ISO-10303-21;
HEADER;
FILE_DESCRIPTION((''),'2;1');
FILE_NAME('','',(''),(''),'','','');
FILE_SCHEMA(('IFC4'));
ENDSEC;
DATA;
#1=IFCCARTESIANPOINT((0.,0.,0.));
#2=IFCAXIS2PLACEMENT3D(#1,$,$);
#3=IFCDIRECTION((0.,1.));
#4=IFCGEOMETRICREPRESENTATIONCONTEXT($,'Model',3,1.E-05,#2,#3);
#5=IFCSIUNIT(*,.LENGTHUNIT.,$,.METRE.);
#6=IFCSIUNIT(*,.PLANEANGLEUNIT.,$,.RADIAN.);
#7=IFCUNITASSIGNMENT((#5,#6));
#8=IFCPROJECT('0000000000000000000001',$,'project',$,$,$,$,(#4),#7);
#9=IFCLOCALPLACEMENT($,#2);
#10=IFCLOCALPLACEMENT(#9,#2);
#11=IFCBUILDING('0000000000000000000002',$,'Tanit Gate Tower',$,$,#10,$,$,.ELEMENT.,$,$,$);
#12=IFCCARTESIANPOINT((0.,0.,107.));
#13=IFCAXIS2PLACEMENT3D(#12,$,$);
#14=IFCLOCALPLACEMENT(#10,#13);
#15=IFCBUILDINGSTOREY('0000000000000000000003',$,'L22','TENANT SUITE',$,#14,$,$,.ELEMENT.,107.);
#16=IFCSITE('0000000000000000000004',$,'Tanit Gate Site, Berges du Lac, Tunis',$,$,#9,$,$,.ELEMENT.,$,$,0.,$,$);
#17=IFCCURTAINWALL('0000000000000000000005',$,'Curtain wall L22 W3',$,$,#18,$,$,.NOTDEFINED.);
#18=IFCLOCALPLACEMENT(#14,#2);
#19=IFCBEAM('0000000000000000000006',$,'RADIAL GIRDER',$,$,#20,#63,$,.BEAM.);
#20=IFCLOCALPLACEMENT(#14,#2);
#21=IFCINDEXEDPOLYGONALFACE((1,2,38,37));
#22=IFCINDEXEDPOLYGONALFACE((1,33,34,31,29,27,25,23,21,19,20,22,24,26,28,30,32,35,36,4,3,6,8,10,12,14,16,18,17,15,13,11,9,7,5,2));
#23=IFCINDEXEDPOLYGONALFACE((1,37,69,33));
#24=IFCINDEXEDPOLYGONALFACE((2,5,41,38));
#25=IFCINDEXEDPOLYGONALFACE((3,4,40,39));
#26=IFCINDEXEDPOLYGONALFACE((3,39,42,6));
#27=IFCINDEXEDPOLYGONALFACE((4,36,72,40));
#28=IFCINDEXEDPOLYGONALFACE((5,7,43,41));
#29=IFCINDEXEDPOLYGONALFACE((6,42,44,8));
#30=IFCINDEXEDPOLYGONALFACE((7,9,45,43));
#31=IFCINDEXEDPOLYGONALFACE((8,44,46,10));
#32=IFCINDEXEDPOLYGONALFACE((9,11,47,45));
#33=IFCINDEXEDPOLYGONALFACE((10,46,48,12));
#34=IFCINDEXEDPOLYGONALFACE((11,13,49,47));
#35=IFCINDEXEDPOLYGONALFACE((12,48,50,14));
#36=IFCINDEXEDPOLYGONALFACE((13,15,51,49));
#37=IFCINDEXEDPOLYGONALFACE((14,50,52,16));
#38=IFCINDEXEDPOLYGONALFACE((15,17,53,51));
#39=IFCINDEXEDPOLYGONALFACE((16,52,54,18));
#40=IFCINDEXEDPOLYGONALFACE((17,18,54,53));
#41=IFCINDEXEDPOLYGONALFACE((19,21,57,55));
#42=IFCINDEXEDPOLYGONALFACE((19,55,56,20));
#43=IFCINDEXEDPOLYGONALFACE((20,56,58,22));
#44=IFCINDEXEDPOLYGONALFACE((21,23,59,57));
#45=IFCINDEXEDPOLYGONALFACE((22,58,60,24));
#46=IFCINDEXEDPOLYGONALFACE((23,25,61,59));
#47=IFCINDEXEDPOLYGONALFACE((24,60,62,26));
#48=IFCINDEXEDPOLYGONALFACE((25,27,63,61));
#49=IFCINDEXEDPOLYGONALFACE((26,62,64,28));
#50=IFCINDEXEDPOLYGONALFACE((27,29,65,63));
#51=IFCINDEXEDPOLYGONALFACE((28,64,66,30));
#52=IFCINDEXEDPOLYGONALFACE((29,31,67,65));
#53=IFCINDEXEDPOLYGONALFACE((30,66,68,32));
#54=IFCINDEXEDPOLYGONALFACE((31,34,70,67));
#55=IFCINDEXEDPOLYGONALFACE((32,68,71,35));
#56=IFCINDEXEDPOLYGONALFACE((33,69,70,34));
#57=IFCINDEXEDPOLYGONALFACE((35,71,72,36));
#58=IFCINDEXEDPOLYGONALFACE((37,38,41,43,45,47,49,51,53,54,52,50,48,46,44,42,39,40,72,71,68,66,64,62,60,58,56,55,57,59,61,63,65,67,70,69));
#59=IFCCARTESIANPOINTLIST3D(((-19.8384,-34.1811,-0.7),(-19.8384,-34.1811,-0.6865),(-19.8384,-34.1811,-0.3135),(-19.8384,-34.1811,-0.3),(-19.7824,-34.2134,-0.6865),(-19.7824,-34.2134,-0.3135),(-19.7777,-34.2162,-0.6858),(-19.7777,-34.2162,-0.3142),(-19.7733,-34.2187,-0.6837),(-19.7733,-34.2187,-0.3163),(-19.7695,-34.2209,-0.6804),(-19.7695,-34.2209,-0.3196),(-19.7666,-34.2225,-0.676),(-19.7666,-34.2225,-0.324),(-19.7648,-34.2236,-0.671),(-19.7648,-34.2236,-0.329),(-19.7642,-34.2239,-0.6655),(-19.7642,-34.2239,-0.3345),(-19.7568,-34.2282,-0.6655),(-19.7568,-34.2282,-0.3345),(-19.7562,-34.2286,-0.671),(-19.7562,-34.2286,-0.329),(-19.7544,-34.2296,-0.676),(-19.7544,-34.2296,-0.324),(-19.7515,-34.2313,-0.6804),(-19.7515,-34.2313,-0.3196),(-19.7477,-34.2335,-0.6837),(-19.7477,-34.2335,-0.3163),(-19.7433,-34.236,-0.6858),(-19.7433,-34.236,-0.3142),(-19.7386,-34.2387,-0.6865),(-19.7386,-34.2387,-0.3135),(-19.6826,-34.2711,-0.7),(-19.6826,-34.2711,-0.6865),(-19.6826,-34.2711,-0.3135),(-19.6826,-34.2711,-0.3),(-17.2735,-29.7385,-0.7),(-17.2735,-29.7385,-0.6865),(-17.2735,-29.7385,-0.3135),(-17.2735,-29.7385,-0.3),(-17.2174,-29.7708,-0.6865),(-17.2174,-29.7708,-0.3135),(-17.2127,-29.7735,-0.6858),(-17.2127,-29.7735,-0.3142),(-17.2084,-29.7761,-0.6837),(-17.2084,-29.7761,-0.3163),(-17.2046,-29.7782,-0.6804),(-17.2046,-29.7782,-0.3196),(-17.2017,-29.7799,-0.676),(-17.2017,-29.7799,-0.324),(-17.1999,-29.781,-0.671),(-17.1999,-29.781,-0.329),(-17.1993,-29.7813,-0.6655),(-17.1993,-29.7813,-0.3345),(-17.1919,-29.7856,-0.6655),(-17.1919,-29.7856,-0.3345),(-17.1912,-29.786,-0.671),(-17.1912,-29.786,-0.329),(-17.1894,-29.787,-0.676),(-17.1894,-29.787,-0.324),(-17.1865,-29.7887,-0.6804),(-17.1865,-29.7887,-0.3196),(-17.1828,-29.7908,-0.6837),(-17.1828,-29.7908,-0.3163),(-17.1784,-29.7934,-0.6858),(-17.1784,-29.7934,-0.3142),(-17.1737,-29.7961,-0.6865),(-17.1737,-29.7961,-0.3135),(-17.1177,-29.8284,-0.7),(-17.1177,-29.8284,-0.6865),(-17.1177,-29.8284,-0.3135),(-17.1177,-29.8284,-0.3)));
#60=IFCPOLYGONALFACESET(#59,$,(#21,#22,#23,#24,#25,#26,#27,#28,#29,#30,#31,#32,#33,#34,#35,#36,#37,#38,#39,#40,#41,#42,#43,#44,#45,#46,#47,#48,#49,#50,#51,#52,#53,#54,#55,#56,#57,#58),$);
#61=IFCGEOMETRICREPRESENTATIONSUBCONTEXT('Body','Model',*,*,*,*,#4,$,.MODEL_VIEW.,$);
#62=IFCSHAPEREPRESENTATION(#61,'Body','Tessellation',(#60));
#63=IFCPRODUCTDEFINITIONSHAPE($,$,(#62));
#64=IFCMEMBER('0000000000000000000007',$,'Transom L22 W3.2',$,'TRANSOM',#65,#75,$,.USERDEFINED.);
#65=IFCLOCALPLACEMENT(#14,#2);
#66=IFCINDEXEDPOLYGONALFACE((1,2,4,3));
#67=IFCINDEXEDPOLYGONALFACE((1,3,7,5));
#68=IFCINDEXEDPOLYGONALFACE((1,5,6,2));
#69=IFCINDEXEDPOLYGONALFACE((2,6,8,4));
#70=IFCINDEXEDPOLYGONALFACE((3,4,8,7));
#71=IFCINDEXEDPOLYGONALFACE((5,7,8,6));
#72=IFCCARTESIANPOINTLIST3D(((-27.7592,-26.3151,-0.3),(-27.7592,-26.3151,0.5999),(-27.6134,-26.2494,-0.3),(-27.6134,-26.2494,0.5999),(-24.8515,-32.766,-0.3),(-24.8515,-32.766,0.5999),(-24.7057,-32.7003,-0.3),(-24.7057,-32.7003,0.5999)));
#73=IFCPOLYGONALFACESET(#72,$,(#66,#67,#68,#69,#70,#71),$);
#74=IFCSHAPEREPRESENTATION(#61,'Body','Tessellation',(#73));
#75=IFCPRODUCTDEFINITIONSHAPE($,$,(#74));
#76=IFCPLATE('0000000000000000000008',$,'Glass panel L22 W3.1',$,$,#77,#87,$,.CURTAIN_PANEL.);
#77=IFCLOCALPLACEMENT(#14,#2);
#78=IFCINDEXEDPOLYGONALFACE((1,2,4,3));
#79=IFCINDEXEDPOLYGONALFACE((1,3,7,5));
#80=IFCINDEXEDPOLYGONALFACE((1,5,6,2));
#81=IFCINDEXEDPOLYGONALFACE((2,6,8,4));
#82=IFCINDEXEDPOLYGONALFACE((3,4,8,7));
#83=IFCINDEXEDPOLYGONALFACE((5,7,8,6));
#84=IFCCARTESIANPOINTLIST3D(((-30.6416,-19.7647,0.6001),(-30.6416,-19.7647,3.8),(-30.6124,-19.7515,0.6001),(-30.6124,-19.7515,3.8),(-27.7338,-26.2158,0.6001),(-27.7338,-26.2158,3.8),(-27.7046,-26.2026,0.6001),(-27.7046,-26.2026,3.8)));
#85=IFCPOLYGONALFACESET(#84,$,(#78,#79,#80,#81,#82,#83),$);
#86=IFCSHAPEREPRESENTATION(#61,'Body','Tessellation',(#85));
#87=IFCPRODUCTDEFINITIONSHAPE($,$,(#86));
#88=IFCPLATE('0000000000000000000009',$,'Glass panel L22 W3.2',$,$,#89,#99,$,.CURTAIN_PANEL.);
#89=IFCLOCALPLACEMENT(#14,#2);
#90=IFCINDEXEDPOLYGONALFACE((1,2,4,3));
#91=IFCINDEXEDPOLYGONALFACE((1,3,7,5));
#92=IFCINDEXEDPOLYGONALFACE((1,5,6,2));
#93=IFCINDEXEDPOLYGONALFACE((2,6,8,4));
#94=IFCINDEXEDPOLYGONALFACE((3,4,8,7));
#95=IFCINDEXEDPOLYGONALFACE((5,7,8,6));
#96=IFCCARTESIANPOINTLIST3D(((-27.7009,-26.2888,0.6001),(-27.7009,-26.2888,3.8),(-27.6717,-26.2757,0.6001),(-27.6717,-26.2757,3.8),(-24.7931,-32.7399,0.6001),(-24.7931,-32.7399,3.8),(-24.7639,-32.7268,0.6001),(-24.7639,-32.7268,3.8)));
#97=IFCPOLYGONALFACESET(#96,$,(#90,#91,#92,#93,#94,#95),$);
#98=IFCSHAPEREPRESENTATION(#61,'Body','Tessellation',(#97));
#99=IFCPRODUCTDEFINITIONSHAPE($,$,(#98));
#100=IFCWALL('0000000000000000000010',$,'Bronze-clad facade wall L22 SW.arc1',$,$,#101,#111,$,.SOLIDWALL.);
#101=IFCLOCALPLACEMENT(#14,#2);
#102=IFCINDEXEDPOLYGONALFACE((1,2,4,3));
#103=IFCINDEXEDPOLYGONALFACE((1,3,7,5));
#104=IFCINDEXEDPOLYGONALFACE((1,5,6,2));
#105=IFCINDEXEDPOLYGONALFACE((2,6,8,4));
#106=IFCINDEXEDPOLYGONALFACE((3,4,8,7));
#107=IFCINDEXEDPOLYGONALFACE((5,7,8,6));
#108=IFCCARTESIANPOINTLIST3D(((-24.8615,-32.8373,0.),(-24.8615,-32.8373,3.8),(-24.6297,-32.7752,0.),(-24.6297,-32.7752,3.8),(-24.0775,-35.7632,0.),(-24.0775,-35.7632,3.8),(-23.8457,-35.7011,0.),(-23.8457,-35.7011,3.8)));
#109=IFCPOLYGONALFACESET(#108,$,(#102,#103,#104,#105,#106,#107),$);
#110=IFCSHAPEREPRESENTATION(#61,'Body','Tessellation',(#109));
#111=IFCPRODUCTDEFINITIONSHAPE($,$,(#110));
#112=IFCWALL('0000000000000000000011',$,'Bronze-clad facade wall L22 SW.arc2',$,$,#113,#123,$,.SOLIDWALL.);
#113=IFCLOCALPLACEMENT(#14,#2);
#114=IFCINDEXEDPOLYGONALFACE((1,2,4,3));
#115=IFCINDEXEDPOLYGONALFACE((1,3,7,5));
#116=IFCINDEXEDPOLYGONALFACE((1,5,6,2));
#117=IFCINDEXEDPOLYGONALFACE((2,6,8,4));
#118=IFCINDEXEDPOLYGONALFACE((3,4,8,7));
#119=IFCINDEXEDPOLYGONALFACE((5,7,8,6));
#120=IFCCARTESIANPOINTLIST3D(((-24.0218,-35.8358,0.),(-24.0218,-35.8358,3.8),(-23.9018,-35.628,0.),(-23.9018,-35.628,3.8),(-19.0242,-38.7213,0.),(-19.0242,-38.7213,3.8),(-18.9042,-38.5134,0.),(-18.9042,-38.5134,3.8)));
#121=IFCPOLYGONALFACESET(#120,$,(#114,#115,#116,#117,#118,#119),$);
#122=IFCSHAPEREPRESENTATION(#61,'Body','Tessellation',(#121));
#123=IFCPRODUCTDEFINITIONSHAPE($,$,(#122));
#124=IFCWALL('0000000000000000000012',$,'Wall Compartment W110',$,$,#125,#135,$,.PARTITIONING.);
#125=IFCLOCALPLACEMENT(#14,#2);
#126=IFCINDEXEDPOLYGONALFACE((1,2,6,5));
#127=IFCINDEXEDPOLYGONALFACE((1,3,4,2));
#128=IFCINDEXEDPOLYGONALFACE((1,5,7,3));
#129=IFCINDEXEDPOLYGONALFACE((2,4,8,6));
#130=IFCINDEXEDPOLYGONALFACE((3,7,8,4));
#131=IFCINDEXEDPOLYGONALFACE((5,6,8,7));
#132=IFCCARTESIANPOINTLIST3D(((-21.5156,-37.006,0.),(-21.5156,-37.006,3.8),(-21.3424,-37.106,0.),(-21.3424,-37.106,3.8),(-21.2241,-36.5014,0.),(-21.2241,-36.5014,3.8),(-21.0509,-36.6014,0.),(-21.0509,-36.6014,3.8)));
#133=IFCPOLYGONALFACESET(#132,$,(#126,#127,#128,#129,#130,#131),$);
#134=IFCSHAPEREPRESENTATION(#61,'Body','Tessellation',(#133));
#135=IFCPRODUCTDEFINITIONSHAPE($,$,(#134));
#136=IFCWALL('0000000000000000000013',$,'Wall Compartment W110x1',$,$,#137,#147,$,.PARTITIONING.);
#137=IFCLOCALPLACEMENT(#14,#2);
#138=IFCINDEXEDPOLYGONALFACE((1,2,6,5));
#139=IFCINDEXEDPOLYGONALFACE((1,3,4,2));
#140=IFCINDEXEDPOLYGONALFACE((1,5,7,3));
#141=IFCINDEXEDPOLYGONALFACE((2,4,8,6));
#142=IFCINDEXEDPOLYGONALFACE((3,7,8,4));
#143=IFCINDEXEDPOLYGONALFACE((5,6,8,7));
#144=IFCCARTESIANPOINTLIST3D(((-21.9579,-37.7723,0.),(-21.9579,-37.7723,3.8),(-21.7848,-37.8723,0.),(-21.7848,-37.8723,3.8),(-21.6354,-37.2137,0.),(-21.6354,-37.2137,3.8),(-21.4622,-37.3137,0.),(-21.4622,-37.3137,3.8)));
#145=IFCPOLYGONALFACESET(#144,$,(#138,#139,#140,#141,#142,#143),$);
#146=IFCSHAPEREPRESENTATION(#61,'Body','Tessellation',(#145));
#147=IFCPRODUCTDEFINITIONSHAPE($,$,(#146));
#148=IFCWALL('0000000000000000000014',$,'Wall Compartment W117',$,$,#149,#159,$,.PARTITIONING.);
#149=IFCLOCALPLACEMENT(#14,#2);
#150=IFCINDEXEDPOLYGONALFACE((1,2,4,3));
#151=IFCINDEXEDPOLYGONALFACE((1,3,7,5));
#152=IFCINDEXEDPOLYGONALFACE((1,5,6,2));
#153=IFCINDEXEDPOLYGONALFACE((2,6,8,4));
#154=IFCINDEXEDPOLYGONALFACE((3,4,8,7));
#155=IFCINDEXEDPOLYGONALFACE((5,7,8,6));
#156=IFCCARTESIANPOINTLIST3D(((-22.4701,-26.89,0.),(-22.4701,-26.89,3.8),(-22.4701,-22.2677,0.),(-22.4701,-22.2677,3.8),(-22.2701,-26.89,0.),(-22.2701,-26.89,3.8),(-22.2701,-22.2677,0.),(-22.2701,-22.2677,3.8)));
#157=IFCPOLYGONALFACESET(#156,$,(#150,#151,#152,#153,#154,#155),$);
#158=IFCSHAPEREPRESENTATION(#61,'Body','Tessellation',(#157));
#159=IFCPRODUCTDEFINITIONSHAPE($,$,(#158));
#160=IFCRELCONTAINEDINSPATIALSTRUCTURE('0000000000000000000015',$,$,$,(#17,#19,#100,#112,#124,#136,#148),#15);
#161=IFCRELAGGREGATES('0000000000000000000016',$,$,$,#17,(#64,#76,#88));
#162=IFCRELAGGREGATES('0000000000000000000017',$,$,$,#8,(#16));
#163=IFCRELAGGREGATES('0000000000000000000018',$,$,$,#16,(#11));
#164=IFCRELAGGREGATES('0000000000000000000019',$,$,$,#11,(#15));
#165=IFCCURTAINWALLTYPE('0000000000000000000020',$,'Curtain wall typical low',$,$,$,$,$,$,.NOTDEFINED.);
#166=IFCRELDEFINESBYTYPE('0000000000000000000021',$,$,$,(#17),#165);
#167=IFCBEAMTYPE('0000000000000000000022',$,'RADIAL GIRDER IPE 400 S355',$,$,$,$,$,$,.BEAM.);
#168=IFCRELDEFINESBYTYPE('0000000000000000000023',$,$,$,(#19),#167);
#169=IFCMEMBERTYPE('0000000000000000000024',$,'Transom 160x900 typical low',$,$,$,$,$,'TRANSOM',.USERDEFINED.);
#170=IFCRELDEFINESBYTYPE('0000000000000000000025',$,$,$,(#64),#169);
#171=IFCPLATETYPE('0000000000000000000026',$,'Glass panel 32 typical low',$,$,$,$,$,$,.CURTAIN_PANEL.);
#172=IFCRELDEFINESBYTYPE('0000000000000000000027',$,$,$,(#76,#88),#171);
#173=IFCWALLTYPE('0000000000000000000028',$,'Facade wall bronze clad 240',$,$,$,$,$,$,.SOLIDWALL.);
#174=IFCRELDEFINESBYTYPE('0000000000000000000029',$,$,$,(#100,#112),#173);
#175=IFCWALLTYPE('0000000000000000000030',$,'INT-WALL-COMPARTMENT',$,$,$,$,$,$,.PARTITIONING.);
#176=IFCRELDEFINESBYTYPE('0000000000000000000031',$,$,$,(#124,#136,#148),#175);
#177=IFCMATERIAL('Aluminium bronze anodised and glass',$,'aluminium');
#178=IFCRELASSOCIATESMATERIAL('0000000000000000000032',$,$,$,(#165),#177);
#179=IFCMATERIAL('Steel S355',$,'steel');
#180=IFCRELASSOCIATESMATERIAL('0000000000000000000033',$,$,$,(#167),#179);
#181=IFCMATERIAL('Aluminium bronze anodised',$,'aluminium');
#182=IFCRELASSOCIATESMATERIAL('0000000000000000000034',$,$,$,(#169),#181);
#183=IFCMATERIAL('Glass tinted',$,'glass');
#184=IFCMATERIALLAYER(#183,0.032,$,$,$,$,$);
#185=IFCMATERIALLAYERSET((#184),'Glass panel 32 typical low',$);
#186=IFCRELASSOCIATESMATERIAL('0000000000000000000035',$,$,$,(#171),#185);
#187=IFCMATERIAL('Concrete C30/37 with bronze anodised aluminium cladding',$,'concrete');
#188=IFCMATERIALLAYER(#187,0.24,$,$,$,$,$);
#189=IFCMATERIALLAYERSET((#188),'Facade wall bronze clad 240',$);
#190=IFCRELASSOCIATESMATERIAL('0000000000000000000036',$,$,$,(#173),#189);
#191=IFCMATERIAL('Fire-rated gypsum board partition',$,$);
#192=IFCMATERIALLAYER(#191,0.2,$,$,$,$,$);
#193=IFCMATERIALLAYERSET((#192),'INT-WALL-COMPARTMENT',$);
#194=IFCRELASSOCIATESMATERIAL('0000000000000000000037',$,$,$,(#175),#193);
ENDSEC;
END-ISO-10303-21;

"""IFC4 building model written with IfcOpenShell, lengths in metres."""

from ifc_helpers import new_model, si_unit, direction, frame, frame_2d, origin, origin_2d, place, context, subcontext, project, spatial, rectangle, i_section, extrude, material, layer, layer_set, material_profile, profile_set, type_object, element, aggregate, save


model = new_model("IFC4")

# Units and contexts
model_context = context("Model", 3, precision=1e-05, world=origin(), true_north=direction((0.0, 1.0)))
body_context = subcontext(model_context, "Body", "Model", "MODEL_VIEW")
ifc_project = project(units=[si_unit("LENGTHUNIT", "METRE"), si_unit("PLANEANGLEUNIT", "RADIAN")], contexts=[model_context])

# Site, building, storey
site_placement = place(None, origin())
site = spatial("IfcSite", under=ifc_project, at=site_placement, Name="Tanit Gate Site, Berges du Lac, Tunis", CompositionType="ELEMENT", RefElevation=0.0)
building_placement = place(site_placement, origin())
building = spatial("IfcBuilding", under=site, at=building_placement, Name="Tanit Gate Tower", CompositionType="ELEMENT")
storey_placement = place(building_placement, frame((0.0, 0.0, 107.0)))
storey = spatial("IfcBuildingStorey", under=building, at=storey_placement, Name="L22", Description="TENANT SUITE", CompositionType="ELEMENT", Elevation=107.0)

# Curtain wall
ifc_material_1 = material(Name="Aluminium bronze anodised and glass", Category="aluminium")
curtain_wall_type = type_object("IfcCurtainWallType", Name="Curtain wall typical low", PredefinedType="NOTDEFINED", material=ifc_material_1)
curtain_wall_placement = place(storey_placement, origin())
curtain_wall = element("IfcCurtainWall", 1, at=curtain_wall_placement, inside=storey, type_object=curtain_wall_type, Name="Curtain wall L22 W3", PredefinedType="NOTDEFINED")

# Beam
ifc_material_2 = material(Name="Steel S355", Category="steel")
ifc_material_profile_1 = material_profile(ifc_material_2, i_section(OverallWidth=0.1799, OverallDepth=0.3999, WebThickness=0.0085, FlangeThickness=0.0134, FilletRadius=0.021, at=origin_2d()), Name="IPE 400")
ifc_profile_set_1 = profile_set([ifc_material_profile_1], Name="Steel S355")
beam_type_1 = type_object("IfcBeamType", Name="RADIAL GIRDER IPE 400 S355", PredefinedType="BEAM", material=ifc_profile_set_1)
beam_1_placement = place(storey_placement, frame((-19.7605, -34.2261, -0.5), z_axis=(0.499998, 0.866026, 0.0), x_axis=(-0.866026, 0.499998, 0.0)))
element("IfcBeam", 2, at=beam_1_placement, inside=storey, type_object=beam_type_1, Name="RADIAL GIRDER", PredefinedType="BEAM", context=body_context, shape_type="SweptSolid", body=[
    extrude(i_section(OverallWidth=0.1799, OverallDepth=0.3999, WebThickness=0.0085, FlangeThickness=0.0134, FilletRadius=0.021, at=origin_2d()), origin(), (0.0, 0.0, 1.0), 5.1299),
])

# Member
ifc_material_3 = material(Name="Aluminium bronze anodised", Category="aluminium")
ifc_material_profile_2 = material_profile(ifc_material_3, rectangle(XDim=0.1599, YDim=0.8999, at=origin_2d()), Name="160x900 bronze transom")
ifc_profile_set_2 = profile_set([ifc_material_profile_2], Name="Aluminium bronze anodised")
member_type_1 = type_object("IfcMemberType", Name="Transom 160x900 typical low", ElementType="TRANSOM", PredefinedType="USERDEFINED", material=ifc_profile_set_2)
member_1_placement = place(storey_placement, frame((-27.6863, -26.2822, 0.1499), z_axis=(0.410928, -0.911668, 0.0), x_axis=(0.911668, 0.410928, 0.0)))
member_1 = element("IfcMember", 3, at=member_1_placement, type_object=member_type_1, Name="Transom L22 W3.2", ObjectType="TRANSOM", PredefinedType="USERDEFINED", context=body_context, shape_type="SweptSolid", body=[
    extrude(rectangle(XDim=0.1599, YDim=0.8999, at=origin_2d()), origin(), (0.0, 0.0, 1.0), 7.0759),
])

# Plates
ifc_material_4 = material(Name="Glass tinted", Category="glass")
ifc_layer_1 = layer(ifc_material_4, 0.032)
ifc_layer_set_1 = layer_set([ifc_layer_1], Name="Glass panel 32 typical low")
plate_type = type_object("IfcPlateType", Name="Glass panel 32 typical low", PredefinedType="CURTAIN_PANEL", material=ifc_layer_set_1)
plate_1_placement = place(storey_placement, frame((-29.1731, -22.9836, 0.6001), z_axis=(0.0, 0.0, 1.0), x_axis=(0.410928, -0.911668, 0.0)))
plate_1 = element("IfcPlate", 4, at=plate_1_placement, type_object=plate_type, Name="Glass panel L22 W3.1", PredefinedType="CURTAIN_PANEL", context=body_context, shape_type="SweptSolid", body=[
    extrude(rectangle(XDim=7.0762, YDim=0.032, at=origin_2d()), origin(), (0.0, 0.0, 1.0), 3.2),
])
plate_2_placement = place(storey_placement, frame((-26.2324, -29.5078, 0.6001), z_axis=(0.0, 0.0, 1.0), x_axis=(0.410928, -0.911668, 0.0)))
plate_2 = element("IfcPlate", 5, at=plate_2_placement, type_object=plate_type, Name="Glass panel L22 W3.2", PredefinedType="CURTAIN_PANEL", context=body_context, shape_type="SweptSolid", body=[
    extrude(rectangle(XDim=7.0762, YDim=0.032, at=origin_2d()), origin(), (0.0, 0.0, 1.0), 3.2),
])
aggregate(curtain_wall, [member_1, plate_1, plate_2])

# Walls
ifc_material_5 = material(Name="Concrete C30/37 with bronze anodised aluminium cladding", Category="concrete")
ifc_layer_2 = layer(ifc_material_5, 0.24)
ifc_layer_set_2 = layer_set([ifc_layer_2], Name="Facade wall bronze clad 240")
wall_type_1 = type_object("IfcWallType", Name="Facade wall bronze clad 240", PredefinedType="SOLIDWALL", material=ifc_layer_set_2)
wall_1_placement = place(storey_placement, frame((-24.7456, -32.8062, 0.0), z_axis=(0.0, 0.0, 1.0), x_axis=(0.258811, -0.965928, 0.0)))
element("IfcWall", 6, at=wall_1_placement, inside=storey, type_object=wall_type_1, Name="Bronze-clad facade wall L22 SW.arc1", PredefinedType="SOLIDWALL", context=body_context, shape_type="SweptSolid", body=[
    extrude(rectangle(XDim=3.0291, YDim=0.24, at=frame_2d((1.5146, 0.0))), origin(), (0.0, 0.0, 1.0), 3.8),
])
wall_2_placement = place(storey_placement, frame((-23.9617, -35.7319, 0.0), z_axis=(0.0, 0.0, 1.0), x_axis=(0.866014, -0.50002, 0.0)))
element("IfcWall", 7, at=wall_2_placement, inside=storey, type_object=wall_type_1, Name="Bronze-clad facade wall L22 SW.arc2", PredefinedType="SOLIDWALL", context=body_context, shape_type="SweptSolid", body=[
    extrude(rectangle(XDim=5.7708, YDim=0.24, at=frame_2d((2.8853, 0.0))), origin(), (0.0, 0.0, 1.0), 3.8),
])
ifc_material_6 = material(Name="Fire-rated gypsum board partition")
ifc_layer_3 = layer(ifc_material_6, 0.2)
ifc_layer_set_3 = layer_set([ifc_layer_3], Name="INT-WALL-COMPARTMENT")
wall_type_2 = type_object("IfcWallType", Name="INT-WALL-COMPARTMENT", PredefinedType="PARTITIONING", material=ifc_layer_set_3)
wall_3_placement = place(storey_placement, frame((-21.1375, -36.5513, 0.0), z_axis=(0.0, 0.0, 1.0), x_axis=(-0.500194, -0.865913, 0.0)))
element("IfcWall", 8, at=wall_3_placement, inside=storey, type_object=wall_type_2, Name="Wall Compartment W110", PredefinedType="PARTITIONING", context=body_context, shape_type="SweptSolid", body=[
    extrude(rectangle(XDim=0.5828, YDim=0.2, at=frame_2d((0.2915, 0.0))), origin(), (0.0, 0.0, 1.0), 3.8),
])
wall_4_placement = place(storey_placement, frame((-21.5488, -37.2637, 0.0), z_axis=(0.0, 0.0, 1.0), x_axis=(-0.500006, -0.866022, 0.0)))
element("IfcWall", 9, at=wall_4_placement, inside=storey, type_object=wall_type_2, Name="Wall Compartment W110x1", PredefinedType="PARTITIONING", context=body_context, shape_type="SweptSolid", body=[
    extrude(rectangle(XDim=0.645, YDim=0.2, at=frame_2d((0.3225, 0.0))), origin(), (0.0, 0.0, 1.0), 3.8),
])
wall_5_placement = place(storey_placement, frame((-22.3701, -26.8899, 0.0), z_axis=(0.0, 0.0, 1.0), x_axis=(0.0, 1.0, 0.0)))
element("IfcWall", 10, at=wall_5_placement, inside=storey, type_object=wall_type_2, Name="Wall Compartment W117", PredefinedType="PARTITIONING", context=body_context, shape_type="SweptSolid", body=[
    extrude(rectangle(XDim=4.6223, YDim=0.2, at=frame_2d((2.311, 0.0))), origin(), (0.0, 0.0, 1.0), 3.8),
])

save(model, "model.ifc")
